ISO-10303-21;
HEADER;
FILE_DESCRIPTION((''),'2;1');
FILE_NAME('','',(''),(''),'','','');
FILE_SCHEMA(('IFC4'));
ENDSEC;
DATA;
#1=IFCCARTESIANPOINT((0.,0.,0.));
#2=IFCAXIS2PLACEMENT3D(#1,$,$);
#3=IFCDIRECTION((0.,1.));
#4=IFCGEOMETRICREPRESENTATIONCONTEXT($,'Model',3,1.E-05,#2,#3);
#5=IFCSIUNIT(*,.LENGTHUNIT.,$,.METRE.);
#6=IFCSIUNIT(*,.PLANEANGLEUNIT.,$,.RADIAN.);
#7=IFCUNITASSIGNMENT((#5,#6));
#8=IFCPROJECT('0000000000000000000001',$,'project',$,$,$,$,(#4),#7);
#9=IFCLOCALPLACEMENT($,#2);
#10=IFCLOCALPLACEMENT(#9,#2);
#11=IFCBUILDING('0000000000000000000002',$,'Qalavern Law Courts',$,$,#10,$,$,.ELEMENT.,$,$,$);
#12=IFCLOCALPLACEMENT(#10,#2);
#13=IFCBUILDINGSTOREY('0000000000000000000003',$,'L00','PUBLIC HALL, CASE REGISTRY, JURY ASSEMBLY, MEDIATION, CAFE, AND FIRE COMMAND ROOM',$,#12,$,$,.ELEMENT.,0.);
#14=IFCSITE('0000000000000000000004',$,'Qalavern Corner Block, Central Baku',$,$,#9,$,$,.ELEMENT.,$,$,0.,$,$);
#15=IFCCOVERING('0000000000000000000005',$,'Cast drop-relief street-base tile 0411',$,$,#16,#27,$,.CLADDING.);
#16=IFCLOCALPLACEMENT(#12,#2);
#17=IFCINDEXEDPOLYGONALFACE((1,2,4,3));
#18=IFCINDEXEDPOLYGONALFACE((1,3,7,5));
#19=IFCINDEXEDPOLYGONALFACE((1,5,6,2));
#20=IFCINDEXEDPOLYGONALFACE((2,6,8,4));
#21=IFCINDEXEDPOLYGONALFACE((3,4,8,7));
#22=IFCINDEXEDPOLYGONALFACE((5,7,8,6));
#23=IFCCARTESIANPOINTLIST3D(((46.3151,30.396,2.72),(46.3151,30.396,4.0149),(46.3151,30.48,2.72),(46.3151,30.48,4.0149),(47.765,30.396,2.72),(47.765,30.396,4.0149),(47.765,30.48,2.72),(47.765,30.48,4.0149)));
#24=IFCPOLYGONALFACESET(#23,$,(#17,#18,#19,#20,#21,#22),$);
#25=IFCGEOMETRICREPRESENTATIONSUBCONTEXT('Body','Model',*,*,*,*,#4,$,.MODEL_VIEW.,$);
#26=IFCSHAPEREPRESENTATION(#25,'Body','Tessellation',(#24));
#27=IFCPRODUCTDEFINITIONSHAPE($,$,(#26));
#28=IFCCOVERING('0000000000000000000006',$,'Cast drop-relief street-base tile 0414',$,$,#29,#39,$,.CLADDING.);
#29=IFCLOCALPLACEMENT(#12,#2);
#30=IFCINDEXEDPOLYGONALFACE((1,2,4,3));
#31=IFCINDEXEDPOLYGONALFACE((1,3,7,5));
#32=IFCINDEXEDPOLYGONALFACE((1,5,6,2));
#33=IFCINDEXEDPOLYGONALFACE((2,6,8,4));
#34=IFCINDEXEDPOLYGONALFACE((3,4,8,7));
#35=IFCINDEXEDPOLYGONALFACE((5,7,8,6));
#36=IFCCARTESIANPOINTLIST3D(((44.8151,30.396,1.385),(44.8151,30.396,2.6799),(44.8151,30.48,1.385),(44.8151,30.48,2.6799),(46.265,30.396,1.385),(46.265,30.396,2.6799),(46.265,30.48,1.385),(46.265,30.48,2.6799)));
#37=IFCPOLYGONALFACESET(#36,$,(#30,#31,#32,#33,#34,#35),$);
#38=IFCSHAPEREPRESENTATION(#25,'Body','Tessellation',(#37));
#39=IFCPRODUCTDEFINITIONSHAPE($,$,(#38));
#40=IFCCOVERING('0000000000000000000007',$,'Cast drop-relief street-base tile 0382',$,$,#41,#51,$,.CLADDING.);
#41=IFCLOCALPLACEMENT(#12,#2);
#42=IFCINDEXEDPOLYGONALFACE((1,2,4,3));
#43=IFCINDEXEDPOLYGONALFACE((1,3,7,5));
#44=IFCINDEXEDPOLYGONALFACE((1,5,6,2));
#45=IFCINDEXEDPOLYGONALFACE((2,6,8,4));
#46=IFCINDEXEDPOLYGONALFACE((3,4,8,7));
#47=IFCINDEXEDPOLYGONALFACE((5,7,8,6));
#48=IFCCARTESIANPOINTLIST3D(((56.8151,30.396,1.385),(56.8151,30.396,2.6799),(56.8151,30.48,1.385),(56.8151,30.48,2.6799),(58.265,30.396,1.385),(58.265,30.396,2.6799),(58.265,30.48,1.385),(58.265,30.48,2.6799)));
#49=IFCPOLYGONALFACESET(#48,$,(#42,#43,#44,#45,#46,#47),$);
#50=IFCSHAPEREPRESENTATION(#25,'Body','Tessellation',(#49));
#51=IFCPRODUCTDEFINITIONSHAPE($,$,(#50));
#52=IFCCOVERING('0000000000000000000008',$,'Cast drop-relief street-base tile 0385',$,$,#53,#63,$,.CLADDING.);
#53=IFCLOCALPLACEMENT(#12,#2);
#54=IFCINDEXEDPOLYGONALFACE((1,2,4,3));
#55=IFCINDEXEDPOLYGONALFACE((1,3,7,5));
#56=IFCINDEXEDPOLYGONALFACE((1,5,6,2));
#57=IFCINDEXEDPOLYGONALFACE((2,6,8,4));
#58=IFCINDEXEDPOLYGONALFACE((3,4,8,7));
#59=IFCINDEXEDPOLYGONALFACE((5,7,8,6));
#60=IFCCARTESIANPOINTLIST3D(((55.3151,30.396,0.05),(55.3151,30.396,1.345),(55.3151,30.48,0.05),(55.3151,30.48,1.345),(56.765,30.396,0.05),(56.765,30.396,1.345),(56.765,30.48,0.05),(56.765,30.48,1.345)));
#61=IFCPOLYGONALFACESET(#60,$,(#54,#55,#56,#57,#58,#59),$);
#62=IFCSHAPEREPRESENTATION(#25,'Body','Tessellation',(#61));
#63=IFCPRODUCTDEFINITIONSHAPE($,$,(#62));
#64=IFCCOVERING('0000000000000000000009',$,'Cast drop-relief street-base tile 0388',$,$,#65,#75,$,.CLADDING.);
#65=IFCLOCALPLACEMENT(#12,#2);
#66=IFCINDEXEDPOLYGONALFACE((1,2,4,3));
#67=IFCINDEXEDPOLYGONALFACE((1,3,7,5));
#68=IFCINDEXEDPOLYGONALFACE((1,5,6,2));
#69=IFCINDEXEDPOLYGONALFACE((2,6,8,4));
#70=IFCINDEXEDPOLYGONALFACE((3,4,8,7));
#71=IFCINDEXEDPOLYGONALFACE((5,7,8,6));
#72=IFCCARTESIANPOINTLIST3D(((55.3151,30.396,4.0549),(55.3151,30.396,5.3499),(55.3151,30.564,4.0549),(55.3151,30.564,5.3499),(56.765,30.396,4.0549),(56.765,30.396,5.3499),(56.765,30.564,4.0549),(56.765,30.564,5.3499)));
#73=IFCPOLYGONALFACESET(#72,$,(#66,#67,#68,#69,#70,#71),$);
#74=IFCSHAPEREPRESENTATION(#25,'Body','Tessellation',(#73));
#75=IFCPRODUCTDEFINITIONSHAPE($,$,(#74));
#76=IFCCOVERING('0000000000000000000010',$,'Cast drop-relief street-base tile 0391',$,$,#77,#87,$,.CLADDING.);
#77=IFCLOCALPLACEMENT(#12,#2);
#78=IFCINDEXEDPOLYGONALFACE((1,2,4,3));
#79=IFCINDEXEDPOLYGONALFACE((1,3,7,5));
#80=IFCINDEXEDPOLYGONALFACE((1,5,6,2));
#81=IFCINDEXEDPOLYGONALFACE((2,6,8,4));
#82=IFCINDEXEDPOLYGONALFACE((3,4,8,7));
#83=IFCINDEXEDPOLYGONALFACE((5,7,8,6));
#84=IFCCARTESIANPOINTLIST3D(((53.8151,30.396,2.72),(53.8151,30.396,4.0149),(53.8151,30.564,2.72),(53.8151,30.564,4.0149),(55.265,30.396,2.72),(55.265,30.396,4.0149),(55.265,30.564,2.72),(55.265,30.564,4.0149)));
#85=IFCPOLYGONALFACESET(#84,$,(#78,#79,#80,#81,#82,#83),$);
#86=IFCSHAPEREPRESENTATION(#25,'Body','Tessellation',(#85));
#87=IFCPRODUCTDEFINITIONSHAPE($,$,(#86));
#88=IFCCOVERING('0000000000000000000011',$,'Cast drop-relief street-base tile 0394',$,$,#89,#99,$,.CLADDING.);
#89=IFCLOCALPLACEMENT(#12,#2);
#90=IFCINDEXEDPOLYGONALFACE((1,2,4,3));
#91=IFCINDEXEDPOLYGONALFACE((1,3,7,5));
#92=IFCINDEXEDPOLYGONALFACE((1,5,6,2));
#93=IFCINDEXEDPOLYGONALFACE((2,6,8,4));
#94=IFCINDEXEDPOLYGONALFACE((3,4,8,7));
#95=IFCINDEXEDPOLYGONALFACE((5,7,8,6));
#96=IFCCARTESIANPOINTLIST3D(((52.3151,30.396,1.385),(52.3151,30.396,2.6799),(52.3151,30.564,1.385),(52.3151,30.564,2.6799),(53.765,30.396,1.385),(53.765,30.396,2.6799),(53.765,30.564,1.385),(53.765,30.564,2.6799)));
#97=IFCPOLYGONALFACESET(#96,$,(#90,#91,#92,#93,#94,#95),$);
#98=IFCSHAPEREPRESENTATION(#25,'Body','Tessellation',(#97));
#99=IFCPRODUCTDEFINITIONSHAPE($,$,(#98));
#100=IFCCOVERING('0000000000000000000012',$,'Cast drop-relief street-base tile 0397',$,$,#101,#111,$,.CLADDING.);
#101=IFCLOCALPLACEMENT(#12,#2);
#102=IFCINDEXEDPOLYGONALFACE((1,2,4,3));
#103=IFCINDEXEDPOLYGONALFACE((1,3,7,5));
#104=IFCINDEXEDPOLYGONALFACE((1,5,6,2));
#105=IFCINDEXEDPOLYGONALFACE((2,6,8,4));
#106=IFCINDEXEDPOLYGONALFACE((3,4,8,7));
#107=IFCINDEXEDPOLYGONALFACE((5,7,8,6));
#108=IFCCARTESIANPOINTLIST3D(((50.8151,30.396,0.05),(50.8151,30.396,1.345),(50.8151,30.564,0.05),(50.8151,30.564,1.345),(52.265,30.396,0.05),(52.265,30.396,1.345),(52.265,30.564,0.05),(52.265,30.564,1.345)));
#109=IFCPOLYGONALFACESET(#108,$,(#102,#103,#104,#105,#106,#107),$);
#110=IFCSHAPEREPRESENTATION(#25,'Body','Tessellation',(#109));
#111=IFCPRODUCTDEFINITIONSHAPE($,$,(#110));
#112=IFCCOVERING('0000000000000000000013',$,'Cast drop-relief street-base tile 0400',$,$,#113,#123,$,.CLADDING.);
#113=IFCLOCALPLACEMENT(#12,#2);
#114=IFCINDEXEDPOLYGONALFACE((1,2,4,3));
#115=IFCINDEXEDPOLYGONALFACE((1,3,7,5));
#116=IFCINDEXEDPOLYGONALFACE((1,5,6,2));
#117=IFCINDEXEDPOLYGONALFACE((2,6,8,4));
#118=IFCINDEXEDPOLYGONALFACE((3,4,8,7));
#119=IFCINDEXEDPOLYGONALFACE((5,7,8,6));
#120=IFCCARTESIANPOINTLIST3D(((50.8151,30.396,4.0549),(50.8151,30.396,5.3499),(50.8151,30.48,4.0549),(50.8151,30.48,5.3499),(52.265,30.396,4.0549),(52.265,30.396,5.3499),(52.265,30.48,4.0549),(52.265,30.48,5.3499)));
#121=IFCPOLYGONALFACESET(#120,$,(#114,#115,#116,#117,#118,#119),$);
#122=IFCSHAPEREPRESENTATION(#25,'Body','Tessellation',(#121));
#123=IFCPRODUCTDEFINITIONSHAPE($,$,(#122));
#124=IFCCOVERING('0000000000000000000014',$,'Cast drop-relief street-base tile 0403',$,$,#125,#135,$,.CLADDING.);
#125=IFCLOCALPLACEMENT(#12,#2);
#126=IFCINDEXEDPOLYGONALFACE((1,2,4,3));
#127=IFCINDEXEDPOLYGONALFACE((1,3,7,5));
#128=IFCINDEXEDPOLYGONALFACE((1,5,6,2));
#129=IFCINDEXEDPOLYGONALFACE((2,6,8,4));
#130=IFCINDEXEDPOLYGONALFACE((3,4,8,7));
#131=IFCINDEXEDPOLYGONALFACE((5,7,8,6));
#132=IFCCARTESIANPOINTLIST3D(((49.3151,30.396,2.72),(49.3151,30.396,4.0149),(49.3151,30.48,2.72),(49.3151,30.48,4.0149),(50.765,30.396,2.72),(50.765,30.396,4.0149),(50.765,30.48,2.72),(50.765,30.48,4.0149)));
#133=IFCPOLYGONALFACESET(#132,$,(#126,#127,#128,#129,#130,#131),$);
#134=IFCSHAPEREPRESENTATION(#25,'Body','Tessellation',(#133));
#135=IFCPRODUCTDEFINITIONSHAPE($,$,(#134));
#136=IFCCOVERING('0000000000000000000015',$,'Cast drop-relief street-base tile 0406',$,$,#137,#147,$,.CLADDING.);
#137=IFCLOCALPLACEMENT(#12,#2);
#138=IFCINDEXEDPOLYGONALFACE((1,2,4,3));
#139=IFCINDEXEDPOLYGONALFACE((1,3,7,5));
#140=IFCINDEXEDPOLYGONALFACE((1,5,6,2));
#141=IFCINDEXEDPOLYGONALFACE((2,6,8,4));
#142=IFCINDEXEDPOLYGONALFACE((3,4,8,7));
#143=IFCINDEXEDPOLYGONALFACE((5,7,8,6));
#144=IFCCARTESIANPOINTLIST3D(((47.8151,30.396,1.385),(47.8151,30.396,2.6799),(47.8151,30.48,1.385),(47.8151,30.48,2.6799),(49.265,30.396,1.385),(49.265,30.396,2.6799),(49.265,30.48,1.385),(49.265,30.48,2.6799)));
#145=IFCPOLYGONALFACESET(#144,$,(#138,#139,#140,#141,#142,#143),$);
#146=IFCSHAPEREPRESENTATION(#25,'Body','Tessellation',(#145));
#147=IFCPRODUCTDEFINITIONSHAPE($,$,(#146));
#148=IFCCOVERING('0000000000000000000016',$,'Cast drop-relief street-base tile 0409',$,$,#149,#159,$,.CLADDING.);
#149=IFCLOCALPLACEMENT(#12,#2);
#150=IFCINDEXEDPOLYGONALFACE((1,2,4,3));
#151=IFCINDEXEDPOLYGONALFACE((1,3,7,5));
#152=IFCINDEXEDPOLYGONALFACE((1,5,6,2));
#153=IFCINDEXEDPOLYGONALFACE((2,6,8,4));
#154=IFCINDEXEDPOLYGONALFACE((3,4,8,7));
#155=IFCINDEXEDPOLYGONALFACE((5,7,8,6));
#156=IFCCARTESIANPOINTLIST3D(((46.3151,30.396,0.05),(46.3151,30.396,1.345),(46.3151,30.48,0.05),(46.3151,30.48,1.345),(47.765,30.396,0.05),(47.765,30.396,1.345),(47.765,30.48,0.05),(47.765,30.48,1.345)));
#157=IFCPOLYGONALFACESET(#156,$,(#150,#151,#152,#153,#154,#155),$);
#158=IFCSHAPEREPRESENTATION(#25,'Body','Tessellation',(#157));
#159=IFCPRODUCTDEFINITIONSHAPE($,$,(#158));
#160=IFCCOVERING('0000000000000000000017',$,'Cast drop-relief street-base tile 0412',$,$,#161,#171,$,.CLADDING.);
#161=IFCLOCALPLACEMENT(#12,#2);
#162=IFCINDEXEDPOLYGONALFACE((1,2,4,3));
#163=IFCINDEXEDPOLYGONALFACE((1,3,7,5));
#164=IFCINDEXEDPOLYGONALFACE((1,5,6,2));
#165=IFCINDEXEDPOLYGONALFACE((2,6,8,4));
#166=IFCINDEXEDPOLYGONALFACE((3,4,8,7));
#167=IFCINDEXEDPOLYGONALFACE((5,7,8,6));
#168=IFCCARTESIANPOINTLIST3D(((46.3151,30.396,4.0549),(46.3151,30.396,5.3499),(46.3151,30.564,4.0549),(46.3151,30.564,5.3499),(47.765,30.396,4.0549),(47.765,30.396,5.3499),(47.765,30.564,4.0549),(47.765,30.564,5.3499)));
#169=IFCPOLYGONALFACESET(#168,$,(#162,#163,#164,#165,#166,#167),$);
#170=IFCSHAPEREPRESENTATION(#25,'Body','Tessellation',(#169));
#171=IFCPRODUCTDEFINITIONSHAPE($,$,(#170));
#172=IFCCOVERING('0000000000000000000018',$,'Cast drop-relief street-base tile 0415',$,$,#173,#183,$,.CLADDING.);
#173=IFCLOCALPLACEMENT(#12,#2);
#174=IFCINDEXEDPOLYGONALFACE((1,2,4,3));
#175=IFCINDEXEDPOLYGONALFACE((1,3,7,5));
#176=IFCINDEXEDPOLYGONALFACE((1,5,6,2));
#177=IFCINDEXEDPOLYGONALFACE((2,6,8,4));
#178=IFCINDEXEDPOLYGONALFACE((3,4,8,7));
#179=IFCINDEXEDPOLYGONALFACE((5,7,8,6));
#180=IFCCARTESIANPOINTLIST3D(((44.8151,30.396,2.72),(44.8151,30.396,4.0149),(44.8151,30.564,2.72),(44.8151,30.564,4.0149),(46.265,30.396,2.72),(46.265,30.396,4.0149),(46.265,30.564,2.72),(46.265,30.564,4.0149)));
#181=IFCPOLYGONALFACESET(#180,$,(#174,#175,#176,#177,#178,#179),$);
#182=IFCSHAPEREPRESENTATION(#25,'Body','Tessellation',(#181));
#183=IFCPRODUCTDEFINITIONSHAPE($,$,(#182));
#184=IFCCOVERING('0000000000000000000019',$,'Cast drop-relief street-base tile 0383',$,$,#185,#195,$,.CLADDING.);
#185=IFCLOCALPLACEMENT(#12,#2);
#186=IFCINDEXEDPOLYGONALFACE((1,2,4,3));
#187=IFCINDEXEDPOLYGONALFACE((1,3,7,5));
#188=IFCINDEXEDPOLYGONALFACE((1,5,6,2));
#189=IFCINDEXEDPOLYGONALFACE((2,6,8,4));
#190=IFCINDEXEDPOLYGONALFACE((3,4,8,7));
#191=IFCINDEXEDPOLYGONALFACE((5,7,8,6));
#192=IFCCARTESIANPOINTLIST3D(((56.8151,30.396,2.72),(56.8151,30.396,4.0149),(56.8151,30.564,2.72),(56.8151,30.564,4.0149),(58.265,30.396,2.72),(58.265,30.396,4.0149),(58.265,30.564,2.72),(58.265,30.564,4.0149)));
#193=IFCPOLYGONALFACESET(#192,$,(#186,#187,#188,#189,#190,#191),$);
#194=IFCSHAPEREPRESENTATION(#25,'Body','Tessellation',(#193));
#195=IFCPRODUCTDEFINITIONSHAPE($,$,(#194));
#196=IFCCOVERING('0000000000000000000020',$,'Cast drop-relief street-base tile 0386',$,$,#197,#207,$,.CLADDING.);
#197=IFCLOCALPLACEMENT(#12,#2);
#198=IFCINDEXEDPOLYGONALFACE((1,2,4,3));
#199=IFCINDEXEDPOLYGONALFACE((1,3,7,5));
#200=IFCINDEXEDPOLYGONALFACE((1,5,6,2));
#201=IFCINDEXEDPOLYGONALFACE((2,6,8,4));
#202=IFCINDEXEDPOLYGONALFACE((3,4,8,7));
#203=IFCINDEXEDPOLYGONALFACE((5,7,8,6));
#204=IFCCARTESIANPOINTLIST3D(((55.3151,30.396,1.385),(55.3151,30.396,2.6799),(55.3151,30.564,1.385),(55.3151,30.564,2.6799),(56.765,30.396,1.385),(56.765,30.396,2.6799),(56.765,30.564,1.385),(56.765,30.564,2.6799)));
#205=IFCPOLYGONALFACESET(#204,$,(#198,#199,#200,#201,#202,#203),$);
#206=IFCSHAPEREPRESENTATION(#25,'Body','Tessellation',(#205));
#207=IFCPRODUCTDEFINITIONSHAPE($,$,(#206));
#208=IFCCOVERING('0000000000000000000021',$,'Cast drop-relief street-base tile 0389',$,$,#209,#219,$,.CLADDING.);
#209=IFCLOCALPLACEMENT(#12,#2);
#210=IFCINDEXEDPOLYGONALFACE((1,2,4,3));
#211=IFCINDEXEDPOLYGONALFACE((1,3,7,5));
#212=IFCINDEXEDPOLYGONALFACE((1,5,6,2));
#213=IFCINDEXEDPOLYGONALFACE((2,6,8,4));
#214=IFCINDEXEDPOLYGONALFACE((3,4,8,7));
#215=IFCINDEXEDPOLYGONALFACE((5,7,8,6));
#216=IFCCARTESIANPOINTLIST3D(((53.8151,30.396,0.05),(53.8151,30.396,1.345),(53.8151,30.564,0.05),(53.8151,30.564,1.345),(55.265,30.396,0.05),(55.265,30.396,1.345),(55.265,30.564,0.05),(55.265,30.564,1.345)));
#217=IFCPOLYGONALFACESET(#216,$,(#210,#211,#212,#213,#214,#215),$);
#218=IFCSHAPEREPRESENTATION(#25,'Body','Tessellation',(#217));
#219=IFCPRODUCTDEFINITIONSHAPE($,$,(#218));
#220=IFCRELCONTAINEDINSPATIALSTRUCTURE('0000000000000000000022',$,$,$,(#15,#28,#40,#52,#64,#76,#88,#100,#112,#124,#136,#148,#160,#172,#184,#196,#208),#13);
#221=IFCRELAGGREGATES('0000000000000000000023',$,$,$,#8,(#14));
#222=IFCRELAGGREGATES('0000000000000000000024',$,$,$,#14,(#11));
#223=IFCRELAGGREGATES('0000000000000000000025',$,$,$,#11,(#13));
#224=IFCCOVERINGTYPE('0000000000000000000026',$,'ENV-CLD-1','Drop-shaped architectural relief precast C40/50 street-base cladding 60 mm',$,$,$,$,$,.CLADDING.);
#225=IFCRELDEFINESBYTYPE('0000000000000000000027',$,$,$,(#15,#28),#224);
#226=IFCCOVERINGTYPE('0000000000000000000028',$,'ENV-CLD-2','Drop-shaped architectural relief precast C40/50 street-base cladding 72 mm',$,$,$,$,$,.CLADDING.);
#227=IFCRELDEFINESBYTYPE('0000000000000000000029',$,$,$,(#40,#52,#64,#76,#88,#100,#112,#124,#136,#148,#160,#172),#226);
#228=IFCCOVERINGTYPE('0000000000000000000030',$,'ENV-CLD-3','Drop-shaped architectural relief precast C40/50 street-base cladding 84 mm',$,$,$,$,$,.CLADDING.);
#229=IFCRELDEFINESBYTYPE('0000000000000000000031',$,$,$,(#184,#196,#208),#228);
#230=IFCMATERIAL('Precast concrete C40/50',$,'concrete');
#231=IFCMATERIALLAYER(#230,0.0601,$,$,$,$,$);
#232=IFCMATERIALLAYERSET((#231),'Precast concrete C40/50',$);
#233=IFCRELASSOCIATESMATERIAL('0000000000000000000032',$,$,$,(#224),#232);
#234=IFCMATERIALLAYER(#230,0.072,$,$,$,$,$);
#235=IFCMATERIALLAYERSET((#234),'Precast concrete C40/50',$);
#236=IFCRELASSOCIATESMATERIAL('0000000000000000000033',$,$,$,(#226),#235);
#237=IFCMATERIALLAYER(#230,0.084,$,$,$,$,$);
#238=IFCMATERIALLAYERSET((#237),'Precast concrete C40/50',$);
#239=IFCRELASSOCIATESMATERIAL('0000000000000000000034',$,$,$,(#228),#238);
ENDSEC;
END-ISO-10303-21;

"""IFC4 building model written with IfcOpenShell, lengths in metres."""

from ifc_helpers import new_model, si_unit, direction, frame, origin, origin_2d, place, context, subcontext, project, spatial, rectangle, extrude, material, layer, layer_set, type_object, element, save


model = new_model("IFC4")

# Units and contexts
model_context = context("Model", 3, precision=1e-05, world=origin(), true_north=direction((0.0, 1.0)))
body_context = subcontext(model_context, "Body", "Model", "MODEL_VIEW")
ifc_project = project(units=[si_unit("LENGTHUNIT", "METRE"), si_unit("PLANEANGLEUNIT", "RADIAN")], contexts=[model_context])

# Site, building, storey
site_placement = place(None, origin())
site = spatial("IfcSite", under=ifc_project, at=site_placement, Name="Qalavern Corner Block, Central Baku", CompositionType="ELEMENT", RefElevation=0.0)
building_placement = place(site_placement, origin())
building = spatial("IfcBuilding", under=site, at=building_placement, Name="Qalavern Law Courts", CompositionType="ELEMENT")
storey_placement = place(building_placement, origin())
storey = spatial("IfcBuildingStorey", under=building, at=storey_placement, Name="L00", Description="PUBLIC HALL, CASE REGISTRY, JURY ASSEMBLY, MEDIATION, CAFE, AND FIRE COMMAND ROOM", CompositionType="ELEMENT", Elevation=0.0)

# Coverings
ifc_material_1 = material(Name="Precast concrete C40/50", Category="concrete")
ifc_layer_1 = layer(ifc_material_1, 0.0601)
ifc_layer_set_1 = layer_set([ifc_layer_1], Name="Precast concrete C40/50")
covering_type_1 = type_object("IfcCoveringType", Name="ENV-CLD-1", Description="Drop-shaped architectural relief precast C40/50 street-base cladding 60 mm", PredefinedType="CLADDING", material=ifc_layer_set_1)
for number, where, z_axis, x_axis, name in (
    (1, (47.04, 30.438, 2.72), (0.0, 0.0, 1.0), (-1.0, 0.0, 0.0), "Cast drop-relief street-base tile 0411"),
    (2, (45.54, 30.438, 1.385), (0.0, 0.0, 1.0), (-1.0, 0.0, 0.0), "Cast drop-relief street-base tile 0414"),
):
    element("IfcCovering", number, at=place(storey_placement, frame(where, z_axis=z_axis, x_axis=x_axis)), inside=storey, type_object=covering_type_1, Name=name, PredefinedType="CLADDING", context=body_context, shape_type="SweptSolid", body=[
        extrude(rectangle(XDim=1.45, YDim=0.084, at=origin_2d()), origin(), (0.0, 0.0, 1.0), 1.2949),
    ])
ifc_layer_2 = layer(ifc_material_1, 0.072)
ifc_layer_set_2 = layer_set([ifc_layer_2], Name="Precast concrete C40/50")
covering_type_2 = type_object("IfcCoveringType", Name="ENV-CLD-2", Description="Drop-shaped architectural relief precast C40/50 street-base cladding 72 mm", PredefinedType="CLADDING", material=ifc_layer_set_2)
for number, where, z_axis, x_axis, name in (
    (3, (57.54, 30.438, 1.385), (0.0, 0.0, 1.0), (-1.0, 0.0, 0.0), "Cast drop-relief street-base tile 0382"),
    (4, (56.04, 30.438, 0.05), (0.0, 0.0, 1.0), (-1.0, 0.0, 0.0), "Cast drop-relief street-base tile 0385"),
):
    element("IfcCovering", number, at=place(storey_placement, frame(where, z_axis=z_axis, x_axis=x_axis)), inside=storey, type_object=covering_type_2, Name=name, PredefinedType="CLADDING", context=body_context, shape_type="SweptSolid", body=[
        extrude(rectangle(XDim=1.45, YDim=0.084, at=origin_2d()), origin(), (0.0, 0.0, 1.0), 1.2949),
    ])
for number, where, z_axis, x_axis, name in (
    (5, (56.04, 30.48, 4.0549), (0.0, 0.0, 1.0), (-1.0, 0.0, 0.0), "Cast drop-relief street-base tile 0388"),
    (6, (54.54, 30.48, 2.72), (0.0, 0.0, 1.0), (-1.0, 0.0, 0.0), "Cast drop-relief street-base tile 0391"),
    (7, (53.04, 30.48, 1.385), (0.0, 0.0, 1.0), (-1.0, 0.0, 0.0), "Cast drop-relief street-base tile 0394"),
    (8, (51.54, 30.48, 0.05), (0.0, 0.0, 1.0), (-1.0, 0.0, 0.0), "Cast drop-relief street-base tile 0397"),
):
    element("IfcCovering", number, at=place(storey_placement, frame(where, z_axis=z_axis, x_axis=x_axis)), inside=storey, type_object=covering_type_2, Name=name, PredefinedType="CLADDING", context=body_context, shape_type="SweptSolid", body=[
        extrude(rectangle(XDim=1.45, YDim=0.168, at=origin_2d()), origin(), (0.0, 0.0, 1.0), 1.2949),
    ])
for number, where, z_axis, x_axis, name in (
    (9, (51.54, 30.438, 4.0549), (0.0, 0.0, 1.0), (-1.0, 0.0, 0.0), "Cast drop-relief street-base tile 0400"),
    (10, (50.04, 30.438, 2.72), (0.0, 0.0, 1.0), (-1.0, 0.0, 0.0), "Cast drop-relief street-base tile 0403"),
    (11, (48.54, 30.438, 1.385), (0.0, 0.0, 1.0), (-1.0, 0.0, 0.0), "Cast drop-relief street-base tile 0406"),
    (12, (47.04, 30.438, 0.05), (0.0, 0.0, 1.0), (-1.0, 0.0, 0.0), "Cast drop-relief street-base tile 0409"),
):
    element("IfcCovering", number, at=place(storey_placement, frame(where, z_axis=z_axis, x_axis=x_axis)), inside=storey, type_object=covering_type_2, Name=name, PredefinedType="CLADDING", context=body_context, shape_type="SweptSolid", body=[
        extrude(rectangle(XDim=1.45, YDim=0.084, at=origin_2d()), origin(), (0.0, 0.0, 1.0), 1.2949),
    ])
for number, where, z_axis, x_axis, name in (
    (13, (47.04, 30.48, 4.0549), (0.0, 0.0, 1.0), (-1.0, 0.0, 0.0), "Cast drop-relief street-base tile 0412"),
    (14, (45.54, 30.48, 2.72), (0.0, 0.0, 1.0), (-1.0, 0.0, 0.0), "Cast drop-relief street-base tile 0415"),
):
    element("IfcCovering", number, at=place(storey_placement, frame(where, z_axis=z_axis, x_axis=x_axis)), inside=storey, type_object=covering_type_2, Name=name, PredefinedType="CLADDING", context=body_context, shape_type="SweptSolid", body=[
        extrude(rectangle(XDim=1.45, YDim=0.168, at=origin_2d()), origin(), (0.0, 0.0, 1.0), 1.2949),
    ])
ifc_layer_3 = layer(ifc_material_1, 0.084)
ifc_layer_set_3 = layer_set([ifc_layer_3], Name="Precast concrete C40/50")
covering_type_3 = type_object("IfcCoveringType", Name="ENV-CLD-3", Description="Drop-shaped architectural relief precast C40/50 street-base cladding 84 mm", PredefinedType="CLADDING", material=ifc_layer_set_3)
for number, where, z_axis, x_axis, name in (
    (15, (57.54, 30.48, 2.72), (0.0, 0.0, 1.0), (-1.0, 0.0, 0.0), "Cast drop-relief street-base tile 0383"),
    (16, (56.04, 30.48, 1.385), (0.0, 0.0, 1.0), (-1.0, 0.0, 0.0), "Cast drop-relief street-base tile 0386"),
    (17, (54.54, 30.48, 0.05), (0.0, 0.0, 1.0), (-1.0, 0.0, 0.0), "Cast drop-relief street-base tile 0389"),
):
    element("IfcCovering", number, at=place(storey_placement, frame(where, z_axis=z_axis, x_axis=x_axis)), inside=storey, type_object=covering_type_3, Name=name, PredefinedType="CLADDING", context=body_context, shape_type="SweptSolid", body=[
        extrude(rectangle(XDim=1.45, YDim=0.168, at=origin_2d()), origin(), (0.0, 0.0, 1.0), 1.2949),
    ])

save(model, "model.ifc")
